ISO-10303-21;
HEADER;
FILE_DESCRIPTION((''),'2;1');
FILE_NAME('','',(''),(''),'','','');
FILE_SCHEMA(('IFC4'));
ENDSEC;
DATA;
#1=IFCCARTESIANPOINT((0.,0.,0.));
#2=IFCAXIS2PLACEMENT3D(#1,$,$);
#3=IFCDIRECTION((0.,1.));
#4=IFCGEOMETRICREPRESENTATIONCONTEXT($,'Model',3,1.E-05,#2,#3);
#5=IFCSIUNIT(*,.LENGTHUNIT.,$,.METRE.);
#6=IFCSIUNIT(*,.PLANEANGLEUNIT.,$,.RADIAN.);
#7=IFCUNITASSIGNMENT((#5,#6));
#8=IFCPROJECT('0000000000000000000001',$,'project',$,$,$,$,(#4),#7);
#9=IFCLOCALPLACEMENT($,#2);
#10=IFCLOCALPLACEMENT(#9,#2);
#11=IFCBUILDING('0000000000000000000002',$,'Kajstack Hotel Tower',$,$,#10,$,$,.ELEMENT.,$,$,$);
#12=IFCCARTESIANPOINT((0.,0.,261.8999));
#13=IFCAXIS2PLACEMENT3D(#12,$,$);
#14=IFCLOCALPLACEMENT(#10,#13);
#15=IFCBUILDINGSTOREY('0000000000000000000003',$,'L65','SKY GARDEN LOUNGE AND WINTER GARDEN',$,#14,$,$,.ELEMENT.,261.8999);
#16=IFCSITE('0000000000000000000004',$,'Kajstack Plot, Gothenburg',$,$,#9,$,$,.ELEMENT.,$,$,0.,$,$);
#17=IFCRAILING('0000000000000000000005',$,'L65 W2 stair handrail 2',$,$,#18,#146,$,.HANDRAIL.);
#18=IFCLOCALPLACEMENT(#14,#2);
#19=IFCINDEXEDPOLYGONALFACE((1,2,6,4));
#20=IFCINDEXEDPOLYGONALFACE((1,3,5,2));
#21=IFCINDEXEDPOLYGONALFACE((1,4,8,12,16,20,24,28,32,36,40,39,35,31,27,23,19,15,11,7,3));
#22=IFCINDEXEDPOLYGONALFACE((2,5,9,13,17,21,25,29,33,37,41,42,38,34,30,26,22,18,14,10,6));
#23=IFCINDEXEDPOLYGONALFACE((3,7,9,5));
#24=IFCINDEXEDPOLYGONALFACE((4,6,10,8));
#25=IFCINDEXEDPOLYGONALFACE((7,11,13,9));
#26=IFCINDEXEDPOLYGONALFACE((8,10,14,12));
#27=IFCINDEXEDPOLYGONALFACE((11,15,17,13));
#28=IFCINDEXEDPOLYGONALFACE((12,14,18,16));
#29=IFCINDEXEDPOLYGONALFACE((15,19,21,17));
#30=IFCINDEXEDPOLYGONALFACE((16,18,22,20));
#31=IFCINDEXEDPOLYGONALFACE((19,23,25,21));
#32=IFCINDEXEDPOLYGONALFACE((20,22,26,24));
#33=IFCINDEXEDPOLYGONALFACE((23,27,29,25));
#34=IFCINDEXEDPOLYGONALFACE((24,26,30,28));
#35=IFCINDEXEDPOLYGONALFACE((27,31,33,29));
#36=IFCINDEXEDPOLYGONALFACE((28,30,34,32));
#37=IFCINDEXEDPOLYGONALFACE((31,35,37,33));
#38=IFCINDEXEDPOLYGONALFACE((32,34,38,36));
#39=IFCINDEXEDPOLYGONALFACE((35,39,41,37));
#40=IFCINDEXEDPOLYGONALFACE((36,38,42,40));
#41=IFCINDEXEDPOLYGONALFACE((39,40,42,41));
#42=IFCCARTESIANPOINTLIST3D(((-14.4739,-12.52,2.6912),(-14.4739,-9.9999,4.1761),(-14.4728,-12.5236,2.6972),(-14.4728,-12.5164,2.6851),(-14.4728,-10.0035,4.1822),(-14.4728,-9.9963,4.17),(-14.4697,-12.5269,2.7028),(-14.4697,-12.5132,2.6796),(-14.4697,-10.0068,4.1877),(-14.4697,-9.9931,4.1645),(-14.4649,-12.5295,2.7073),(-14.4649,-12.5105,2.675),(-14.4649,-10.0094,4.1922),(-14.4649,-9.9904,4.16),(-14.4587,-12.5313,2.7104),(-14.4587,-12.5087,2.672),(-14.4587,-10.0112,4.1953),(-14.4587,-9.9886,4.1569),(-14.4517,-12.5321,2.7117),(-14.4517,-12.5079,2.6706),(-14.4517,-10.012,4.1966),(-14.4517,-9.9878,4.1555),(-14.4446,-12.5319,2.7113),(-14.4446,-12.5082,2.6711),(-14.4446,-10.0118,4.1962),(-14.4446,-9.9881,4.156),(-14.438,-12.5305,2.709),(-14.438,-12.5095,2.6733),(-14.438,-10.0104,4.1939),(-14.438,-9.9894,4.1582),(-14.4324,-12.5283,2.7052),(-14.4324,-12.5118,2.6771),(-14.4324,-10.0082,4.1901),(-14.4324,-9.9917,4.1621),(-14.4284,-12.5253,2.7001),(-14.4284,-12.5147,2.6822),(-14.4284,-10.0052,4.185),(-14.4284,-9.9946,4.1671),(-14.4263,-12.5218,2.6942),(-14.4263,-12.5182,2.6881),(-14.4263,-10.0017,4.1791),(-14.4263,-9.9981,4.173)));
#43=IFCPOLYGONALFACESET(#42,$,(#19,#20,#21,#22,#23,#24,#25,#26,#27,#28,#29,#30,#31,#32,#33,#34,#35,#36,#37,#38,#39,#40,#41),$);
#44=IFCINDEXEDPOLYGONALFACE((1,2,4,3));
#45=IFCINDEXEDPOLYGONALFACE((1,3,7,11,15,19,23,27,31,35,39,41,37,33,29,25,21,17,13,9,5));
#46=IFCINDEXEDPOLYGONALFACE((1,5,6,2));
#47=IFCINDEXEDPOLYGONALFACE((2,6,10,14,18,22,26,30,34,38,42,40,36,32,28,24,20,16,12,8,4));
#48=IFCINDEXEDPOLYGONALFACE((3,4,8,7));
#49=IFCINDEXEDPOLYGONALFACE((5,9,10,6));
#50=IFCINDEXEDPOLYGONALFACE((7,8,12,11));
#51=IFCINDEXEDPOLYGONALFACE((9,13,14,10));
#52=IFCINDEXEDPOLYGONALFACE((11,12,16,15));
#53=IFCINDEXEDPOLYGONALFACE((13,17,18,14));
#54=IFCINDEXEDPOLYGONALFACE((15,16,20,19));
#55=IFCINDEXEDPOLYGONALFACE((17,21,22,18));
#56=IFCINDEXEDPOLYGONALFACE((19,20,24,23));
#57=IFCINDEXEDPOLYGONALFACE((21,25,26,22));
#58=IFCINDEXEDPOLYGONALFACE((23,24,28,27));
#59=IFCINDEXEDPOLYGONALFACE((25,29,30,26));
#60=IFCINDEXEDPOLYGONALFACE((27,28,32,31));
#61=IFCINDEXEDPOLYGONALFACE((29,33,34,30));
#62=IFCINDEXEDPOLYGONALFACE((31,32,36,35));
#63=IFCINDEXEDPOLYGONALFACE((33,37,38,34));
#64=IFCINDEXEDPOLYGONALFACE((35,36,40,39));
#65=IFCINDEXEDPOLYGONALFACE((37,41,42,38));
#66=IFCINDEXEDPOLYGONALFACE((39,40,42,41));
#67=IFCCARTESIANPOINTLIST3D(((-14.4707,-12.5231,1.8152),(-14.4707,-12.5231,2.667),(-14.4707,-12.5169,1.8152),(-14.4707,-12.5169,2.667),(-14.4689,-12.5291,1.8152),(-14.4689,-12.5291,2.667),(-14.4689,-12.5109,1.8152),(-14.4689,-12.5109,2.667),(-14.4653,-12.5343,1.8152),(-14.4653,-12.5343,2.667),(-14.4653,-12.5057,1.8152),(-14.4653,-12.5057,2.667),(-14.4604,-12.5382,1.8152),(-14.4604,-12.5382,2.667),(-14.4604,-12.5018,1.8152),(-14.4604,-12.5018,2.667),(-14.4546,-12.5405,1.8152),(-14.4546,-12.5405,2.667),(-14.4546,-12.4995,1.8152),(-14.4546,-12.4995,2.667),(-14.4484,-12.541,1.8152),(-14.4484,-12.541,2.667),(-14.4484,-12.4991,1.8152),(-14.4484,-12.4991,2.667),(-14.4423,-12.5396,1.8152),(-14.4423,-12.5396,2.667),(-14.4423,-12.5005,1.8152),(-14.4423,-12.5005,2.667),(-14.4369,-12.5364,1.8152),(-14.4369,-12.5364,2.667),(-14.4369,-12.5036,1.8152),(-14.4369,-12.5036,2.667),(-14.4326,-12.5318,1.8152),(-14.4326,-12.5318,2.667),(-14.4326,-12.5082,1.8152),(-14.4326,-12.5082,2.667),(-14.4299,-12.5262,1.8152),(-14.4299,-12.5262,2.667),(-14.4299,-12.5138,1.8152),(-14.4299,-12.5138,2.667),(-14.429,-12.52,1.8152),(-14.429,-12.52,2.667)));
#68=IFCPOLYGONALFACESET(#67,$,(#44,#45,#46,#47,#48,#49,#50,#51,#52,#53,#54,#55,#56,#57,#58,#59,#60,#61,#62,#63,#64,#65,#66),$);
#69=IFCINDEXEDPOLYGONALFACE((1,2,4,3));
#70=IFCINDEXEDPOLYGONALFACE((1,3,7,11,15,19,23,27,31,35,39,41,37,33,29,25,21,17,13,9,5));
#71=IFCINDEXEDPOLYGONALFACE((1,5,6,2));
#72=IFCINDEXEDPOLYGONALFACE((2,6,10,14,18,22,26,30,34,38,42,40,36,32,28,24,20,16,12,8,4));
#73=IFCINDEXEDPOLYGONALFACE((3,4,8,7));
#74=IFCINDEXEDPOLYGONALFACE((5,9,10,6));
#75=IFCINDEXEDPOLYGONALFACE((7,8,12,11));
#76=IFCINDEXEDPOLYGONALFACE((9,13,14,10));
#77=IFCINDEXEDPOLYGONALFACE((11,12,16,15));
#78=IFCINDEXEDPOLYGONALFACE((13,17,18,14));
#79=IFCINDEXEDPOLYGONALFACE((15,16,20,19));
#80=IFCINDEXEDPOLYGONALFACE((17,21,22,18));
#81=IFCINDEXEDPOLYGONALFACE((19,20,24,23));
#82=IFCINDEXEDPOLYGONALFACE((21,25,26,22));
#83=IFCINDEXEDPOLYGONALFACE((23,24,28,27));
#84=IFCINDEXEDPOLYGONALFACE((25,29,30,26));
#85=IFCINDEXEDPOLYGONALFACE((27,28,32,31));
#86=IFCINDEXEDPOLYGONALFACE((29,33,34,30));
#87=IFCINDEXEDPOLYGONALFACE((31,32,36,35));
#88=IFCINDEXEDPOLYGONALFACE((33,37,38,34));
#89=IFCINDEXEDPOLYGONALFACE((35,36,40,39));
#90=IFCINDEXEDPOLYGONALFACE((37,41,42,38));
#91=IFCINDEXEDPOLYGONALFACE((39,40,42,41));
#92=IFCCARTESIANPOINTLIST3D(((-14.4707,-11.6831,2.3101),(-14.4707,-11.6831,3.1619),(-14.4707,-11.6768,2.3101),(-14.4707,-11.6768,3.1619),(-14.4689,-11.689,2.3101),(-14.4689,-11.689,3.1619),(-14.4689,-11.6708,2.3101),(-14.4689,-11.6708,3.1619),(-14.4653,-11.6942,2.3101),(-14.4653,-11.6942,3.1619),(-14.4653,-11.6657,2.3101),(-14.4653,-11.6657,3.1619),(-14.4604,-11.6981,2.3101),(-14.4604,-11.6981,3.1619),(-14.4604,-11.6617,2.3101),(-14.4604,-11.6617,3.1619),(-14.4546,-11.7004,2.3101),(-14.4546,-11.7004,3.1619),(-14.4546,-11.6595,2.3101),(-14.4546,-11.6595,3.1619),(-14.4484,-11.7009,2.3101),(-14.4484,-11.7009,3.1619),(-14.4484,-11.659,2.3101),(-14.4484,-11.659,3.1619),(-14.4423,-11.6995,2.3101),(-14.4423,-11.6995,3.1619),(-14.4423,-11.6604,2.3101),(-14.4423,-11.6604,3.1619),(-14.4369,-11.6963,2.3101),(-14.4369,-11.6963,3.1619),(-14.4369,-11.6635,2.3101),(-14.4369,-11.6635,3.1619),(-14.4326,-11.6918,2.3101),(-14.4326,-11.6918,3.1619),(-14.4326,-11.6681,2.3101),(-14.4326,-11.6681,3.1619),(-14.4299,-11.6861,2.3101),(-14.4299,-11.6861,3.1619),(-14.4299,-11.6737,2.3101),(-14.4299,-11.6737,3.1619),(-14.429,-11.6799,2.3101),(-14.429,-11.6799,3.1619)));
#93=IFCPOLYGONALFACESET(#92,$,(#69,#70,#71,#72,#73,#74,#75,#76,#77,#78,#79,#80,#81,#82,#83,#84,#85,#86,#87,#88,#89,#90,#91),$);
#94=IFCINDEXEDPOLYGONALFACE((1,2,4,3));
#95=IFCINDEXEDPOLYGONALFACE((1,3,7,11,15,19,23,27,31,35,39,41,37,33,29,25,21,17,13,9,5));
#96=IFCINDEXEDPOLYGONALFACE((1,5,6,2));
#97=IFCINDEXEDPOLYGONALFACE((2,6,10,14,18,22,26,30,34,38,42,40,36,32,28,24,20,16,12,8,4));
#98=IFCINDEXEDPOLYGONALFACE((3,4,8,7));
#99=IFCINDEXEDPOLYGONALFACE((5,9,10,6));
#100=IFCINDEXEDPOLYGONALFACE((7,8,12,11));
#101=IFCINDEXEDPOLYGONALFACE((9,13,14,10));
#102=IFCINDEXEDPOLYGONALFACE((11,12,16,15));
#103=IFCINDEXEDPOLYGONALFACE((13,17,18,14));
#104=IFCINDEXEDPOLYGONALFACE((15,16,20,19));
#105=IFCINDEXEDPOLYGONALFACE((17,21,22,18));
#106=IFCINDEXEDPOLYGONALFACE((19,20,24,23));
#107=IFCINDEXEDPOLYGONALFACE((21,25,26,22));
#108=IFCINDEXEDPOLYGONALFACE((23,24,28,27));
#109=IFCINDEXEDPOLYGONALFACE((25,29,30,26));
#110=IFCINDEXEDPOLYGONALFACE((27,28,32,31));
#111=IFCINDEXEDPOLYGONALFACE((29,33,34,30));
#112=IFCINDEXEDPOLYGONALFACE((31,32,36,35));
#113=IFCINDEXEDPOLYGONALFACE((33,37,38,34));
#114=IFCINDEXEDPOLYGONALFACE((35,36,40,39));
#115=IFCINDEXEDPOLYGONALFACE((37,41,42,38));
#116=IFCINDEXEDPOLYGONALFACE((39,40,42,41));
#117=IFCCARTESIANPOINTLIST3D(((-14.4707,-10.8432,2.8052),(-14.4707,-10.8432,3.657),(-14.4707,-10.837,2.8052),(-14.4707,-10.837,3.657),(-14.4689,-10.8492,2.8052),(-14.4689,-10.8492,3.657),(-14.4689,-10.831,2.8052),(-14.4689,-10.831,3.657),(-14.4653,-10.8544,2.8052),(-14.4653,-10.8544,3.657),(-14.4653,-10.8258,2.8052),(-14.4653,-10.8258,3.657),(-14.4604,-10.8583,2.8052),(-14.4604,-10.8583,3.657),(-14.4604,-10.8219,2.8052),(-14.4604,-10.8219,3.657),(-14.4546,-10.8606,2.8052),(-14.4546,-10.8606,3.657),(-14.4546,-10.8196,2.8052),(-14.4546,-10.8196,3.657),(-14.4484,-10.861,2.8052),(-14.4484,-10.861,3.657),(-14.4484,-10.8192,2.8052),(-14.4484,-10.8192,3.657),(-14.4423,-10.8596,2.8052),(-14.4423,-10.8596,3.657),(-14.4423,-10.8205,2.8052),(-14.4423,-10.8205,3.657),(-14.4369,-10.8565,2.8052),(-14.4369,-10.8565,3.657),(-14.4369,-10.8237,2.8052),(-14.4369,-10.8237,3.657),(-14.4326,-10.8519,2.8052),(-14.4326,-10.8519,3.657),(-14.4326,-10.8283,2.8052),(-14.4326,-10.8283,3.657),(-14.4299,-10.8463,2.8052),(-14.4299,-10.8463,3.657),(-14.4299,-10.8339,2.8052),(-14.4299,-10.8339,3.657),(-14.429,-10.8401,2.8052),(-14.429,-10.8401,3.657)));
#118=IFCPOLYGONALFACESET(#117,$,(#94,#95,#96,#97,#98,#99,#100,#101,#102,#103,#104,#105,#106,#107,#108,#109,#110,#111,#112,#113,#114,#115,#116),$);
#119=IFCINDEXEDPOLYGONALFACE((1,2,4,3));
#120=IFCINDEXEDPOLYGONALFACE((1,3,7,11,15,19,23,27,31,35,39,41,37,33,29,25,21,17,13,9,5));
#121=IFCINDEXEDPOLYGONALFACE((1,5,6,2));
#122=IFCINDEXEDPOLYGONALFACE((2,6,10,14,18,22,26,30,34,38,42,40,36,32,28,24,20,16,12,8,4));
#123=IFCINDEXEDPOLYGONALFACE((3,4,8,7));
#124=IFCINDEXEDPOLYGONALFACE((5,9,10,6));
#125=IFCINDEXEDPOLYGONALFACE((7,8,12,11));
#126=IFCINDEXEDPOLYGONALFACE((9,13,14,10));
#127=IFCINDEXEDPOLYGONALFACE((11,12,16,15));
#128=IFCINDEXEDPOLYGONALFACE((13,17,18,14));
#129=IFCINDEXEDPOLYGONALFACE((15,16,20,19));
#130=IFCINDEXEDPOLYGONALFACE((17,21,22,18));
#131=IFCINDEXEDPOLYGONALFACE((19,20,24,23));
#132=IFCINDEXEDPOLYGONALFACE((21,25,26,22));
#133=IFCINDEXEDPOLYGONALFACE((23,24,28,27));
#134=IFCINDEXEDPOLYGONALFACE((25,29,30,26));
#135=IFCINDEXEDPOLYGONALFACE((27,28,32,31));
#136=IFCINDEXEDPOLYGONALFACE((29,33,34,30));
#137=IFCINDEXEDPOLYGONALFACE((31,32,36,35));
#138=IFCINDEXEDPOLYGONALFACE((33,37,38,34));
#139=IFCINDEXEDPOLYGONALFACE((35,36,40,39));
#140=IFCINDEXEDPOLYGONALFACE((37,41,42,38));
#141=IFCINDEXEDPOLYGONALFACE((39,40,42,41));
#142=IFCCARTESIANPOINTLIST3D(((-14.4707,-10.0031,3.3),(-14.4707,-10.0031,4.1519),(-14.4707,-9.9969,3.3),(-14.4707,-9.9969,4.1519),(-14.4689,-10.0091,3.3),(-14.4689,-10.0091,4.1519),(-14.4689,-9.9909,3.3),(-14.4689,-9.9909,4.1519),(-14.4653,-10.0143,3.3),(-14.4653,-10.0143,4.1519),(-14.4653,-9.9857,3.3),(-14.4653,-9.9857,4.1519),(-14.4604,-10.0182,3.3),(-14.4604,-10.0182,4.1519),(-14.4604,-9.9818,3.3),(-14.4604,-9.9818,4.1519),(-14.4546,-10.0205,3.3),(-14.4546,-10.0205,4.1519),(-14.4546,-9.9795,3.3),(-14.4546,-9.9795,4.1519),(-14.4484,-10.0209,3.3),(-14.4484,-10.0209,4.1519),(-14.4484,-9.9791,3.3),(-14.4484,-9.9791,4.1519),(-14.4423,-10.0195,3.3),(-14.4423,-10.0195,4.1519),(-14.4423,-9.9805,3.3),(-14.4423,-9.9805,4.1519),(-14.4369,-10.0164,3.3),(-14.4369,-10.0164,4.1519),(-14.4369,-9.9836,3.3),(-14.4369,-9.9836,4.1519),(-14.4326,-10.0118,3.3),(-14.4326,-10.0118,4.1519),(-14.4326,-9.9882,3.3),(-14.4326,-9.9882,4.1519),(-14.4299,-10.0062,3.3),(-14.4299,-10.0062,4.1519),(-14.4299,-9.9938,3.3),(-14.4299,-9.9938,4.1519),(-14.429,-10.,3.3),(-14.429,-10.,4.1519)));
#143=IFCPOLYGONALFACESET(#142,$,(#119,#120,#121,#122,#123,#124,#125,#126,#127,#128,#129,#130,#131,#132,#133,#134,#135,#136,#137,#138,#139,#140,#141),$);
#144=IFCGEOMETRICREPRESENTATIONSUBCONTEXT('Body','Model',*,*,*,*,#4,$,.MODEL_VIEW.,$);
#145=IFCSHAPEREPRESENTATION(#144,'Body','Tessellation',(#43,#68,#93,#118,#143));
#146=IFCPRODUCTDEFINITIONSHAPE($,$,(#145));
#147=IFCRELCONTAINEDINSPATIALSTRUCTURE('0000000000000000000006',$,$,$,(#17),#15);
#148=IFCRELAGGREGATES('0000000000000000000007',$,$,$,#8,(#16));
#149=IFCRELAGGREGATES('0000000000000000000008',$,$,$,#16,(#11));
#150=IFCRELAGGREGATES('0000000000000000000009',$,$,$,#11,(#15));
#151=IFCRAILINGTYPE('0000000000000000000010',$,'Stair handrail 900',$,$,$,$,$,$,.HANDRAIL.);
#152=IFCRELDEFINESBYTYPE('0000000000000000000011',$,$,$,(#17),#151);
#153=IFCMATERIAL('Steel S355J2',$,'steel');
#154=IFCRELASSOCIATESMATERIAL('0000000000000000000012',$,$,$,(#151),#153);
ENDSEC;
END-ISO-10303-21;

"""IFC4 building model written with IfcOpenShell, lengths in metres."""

from ifc_helpers import new_model, si_unit, direction, frame, origin, origin_2d, place, context, subcontext, project, spatial, circle, extrude, material, type_object, element, save


model = new_model("IFC4")

# Units and contexts
model_context = context("Model", 3, precision=1e-05, world=origin(), true_north=direction((0.0, 1.0)))
body_context = subcontext(model_context, "Body", "Model", "MODEL_VIEW")
ifc_project = project(units=[si_unit("LENGTHUNIT", "METRE"), si_unit("PLANEANGLEUNIT", "RADIAN")], contexts=[model_context])

# Site, building, storey
site_placement = place(None, origin())
site = spatial("IfcSite", under=ifc_project, at=site_placement, Name="Kajstack Plot, Gothenburg", CompositionType="ELEMENT", RefElevation=0.0)
building_placement = place(site_placement, origin())
building = spatial("IfcBuilding", under=site, at=building_placement, Name="Kajstack Hotel Tower", CompositionType="ELEMENT")
storey_placement = place(building_placement, frame((0.0, 0.0, 261.8999)))
storey = spatial("IfcBuildingStorey", under=building, at=storey_placement, Name="L65", Description="SKY GARDEN LOUNGE AND WINTER GARDEN", CompositionType="ELEMENT", Elevation=261.8999)

# Railing
ifc_material_1 = material(Name="Steel S355J2", Category="steel")
railing_type_1 = type_object("IfcRailingType", Name="Stair handrail 900", PredefinedType="HANDRAIL", material=ifc_material_1)
railing_1_placement = place(storey_placement, frame((-14.45, -12.52, 1.8152)))
element("IfcRailing", 1, at=railing_1_placement, inside=storey, type_object=railing_type_1, Name="L65 W2 stair handrail 2", PredefinedType="HANDRAIL", context=body_context, shape_type="SweptSolid", body=[
    extrude(circle(Radius=0.0239, at=origin_2d()), frame((0.0, 0.0, 0.876), z_axis=(0.0, 0.861561, 0.507655), x_axis=(-1.0, 0.0, 0.0)), (0.0, 0.0, 1.0), 2.925),
    extrude(circle(Radius=0.021, at=origin_2d()), origin(), (0.0, 0.0, 1.0), 0.8518),
    extrude(circle(Radius=0.021, at=origin_2d()), frame((0.0, 0.8401, 0.4949)), (0.0, 0.0, 1.0), 0.8518),
    extrude(circle(Radius=0.021, at=origin_2d()), frame((0.0, 1.6799, 0.99)), (0.0, 0.0, 1.0), 0.8518),
    extrude(circle(Radius=0.021, at=origin_2d()), frame((0.0, 2.52, 1.4849)), (0.0, 0.0, 1.0), 0.8518),
])

save(model, "model.ifc")
